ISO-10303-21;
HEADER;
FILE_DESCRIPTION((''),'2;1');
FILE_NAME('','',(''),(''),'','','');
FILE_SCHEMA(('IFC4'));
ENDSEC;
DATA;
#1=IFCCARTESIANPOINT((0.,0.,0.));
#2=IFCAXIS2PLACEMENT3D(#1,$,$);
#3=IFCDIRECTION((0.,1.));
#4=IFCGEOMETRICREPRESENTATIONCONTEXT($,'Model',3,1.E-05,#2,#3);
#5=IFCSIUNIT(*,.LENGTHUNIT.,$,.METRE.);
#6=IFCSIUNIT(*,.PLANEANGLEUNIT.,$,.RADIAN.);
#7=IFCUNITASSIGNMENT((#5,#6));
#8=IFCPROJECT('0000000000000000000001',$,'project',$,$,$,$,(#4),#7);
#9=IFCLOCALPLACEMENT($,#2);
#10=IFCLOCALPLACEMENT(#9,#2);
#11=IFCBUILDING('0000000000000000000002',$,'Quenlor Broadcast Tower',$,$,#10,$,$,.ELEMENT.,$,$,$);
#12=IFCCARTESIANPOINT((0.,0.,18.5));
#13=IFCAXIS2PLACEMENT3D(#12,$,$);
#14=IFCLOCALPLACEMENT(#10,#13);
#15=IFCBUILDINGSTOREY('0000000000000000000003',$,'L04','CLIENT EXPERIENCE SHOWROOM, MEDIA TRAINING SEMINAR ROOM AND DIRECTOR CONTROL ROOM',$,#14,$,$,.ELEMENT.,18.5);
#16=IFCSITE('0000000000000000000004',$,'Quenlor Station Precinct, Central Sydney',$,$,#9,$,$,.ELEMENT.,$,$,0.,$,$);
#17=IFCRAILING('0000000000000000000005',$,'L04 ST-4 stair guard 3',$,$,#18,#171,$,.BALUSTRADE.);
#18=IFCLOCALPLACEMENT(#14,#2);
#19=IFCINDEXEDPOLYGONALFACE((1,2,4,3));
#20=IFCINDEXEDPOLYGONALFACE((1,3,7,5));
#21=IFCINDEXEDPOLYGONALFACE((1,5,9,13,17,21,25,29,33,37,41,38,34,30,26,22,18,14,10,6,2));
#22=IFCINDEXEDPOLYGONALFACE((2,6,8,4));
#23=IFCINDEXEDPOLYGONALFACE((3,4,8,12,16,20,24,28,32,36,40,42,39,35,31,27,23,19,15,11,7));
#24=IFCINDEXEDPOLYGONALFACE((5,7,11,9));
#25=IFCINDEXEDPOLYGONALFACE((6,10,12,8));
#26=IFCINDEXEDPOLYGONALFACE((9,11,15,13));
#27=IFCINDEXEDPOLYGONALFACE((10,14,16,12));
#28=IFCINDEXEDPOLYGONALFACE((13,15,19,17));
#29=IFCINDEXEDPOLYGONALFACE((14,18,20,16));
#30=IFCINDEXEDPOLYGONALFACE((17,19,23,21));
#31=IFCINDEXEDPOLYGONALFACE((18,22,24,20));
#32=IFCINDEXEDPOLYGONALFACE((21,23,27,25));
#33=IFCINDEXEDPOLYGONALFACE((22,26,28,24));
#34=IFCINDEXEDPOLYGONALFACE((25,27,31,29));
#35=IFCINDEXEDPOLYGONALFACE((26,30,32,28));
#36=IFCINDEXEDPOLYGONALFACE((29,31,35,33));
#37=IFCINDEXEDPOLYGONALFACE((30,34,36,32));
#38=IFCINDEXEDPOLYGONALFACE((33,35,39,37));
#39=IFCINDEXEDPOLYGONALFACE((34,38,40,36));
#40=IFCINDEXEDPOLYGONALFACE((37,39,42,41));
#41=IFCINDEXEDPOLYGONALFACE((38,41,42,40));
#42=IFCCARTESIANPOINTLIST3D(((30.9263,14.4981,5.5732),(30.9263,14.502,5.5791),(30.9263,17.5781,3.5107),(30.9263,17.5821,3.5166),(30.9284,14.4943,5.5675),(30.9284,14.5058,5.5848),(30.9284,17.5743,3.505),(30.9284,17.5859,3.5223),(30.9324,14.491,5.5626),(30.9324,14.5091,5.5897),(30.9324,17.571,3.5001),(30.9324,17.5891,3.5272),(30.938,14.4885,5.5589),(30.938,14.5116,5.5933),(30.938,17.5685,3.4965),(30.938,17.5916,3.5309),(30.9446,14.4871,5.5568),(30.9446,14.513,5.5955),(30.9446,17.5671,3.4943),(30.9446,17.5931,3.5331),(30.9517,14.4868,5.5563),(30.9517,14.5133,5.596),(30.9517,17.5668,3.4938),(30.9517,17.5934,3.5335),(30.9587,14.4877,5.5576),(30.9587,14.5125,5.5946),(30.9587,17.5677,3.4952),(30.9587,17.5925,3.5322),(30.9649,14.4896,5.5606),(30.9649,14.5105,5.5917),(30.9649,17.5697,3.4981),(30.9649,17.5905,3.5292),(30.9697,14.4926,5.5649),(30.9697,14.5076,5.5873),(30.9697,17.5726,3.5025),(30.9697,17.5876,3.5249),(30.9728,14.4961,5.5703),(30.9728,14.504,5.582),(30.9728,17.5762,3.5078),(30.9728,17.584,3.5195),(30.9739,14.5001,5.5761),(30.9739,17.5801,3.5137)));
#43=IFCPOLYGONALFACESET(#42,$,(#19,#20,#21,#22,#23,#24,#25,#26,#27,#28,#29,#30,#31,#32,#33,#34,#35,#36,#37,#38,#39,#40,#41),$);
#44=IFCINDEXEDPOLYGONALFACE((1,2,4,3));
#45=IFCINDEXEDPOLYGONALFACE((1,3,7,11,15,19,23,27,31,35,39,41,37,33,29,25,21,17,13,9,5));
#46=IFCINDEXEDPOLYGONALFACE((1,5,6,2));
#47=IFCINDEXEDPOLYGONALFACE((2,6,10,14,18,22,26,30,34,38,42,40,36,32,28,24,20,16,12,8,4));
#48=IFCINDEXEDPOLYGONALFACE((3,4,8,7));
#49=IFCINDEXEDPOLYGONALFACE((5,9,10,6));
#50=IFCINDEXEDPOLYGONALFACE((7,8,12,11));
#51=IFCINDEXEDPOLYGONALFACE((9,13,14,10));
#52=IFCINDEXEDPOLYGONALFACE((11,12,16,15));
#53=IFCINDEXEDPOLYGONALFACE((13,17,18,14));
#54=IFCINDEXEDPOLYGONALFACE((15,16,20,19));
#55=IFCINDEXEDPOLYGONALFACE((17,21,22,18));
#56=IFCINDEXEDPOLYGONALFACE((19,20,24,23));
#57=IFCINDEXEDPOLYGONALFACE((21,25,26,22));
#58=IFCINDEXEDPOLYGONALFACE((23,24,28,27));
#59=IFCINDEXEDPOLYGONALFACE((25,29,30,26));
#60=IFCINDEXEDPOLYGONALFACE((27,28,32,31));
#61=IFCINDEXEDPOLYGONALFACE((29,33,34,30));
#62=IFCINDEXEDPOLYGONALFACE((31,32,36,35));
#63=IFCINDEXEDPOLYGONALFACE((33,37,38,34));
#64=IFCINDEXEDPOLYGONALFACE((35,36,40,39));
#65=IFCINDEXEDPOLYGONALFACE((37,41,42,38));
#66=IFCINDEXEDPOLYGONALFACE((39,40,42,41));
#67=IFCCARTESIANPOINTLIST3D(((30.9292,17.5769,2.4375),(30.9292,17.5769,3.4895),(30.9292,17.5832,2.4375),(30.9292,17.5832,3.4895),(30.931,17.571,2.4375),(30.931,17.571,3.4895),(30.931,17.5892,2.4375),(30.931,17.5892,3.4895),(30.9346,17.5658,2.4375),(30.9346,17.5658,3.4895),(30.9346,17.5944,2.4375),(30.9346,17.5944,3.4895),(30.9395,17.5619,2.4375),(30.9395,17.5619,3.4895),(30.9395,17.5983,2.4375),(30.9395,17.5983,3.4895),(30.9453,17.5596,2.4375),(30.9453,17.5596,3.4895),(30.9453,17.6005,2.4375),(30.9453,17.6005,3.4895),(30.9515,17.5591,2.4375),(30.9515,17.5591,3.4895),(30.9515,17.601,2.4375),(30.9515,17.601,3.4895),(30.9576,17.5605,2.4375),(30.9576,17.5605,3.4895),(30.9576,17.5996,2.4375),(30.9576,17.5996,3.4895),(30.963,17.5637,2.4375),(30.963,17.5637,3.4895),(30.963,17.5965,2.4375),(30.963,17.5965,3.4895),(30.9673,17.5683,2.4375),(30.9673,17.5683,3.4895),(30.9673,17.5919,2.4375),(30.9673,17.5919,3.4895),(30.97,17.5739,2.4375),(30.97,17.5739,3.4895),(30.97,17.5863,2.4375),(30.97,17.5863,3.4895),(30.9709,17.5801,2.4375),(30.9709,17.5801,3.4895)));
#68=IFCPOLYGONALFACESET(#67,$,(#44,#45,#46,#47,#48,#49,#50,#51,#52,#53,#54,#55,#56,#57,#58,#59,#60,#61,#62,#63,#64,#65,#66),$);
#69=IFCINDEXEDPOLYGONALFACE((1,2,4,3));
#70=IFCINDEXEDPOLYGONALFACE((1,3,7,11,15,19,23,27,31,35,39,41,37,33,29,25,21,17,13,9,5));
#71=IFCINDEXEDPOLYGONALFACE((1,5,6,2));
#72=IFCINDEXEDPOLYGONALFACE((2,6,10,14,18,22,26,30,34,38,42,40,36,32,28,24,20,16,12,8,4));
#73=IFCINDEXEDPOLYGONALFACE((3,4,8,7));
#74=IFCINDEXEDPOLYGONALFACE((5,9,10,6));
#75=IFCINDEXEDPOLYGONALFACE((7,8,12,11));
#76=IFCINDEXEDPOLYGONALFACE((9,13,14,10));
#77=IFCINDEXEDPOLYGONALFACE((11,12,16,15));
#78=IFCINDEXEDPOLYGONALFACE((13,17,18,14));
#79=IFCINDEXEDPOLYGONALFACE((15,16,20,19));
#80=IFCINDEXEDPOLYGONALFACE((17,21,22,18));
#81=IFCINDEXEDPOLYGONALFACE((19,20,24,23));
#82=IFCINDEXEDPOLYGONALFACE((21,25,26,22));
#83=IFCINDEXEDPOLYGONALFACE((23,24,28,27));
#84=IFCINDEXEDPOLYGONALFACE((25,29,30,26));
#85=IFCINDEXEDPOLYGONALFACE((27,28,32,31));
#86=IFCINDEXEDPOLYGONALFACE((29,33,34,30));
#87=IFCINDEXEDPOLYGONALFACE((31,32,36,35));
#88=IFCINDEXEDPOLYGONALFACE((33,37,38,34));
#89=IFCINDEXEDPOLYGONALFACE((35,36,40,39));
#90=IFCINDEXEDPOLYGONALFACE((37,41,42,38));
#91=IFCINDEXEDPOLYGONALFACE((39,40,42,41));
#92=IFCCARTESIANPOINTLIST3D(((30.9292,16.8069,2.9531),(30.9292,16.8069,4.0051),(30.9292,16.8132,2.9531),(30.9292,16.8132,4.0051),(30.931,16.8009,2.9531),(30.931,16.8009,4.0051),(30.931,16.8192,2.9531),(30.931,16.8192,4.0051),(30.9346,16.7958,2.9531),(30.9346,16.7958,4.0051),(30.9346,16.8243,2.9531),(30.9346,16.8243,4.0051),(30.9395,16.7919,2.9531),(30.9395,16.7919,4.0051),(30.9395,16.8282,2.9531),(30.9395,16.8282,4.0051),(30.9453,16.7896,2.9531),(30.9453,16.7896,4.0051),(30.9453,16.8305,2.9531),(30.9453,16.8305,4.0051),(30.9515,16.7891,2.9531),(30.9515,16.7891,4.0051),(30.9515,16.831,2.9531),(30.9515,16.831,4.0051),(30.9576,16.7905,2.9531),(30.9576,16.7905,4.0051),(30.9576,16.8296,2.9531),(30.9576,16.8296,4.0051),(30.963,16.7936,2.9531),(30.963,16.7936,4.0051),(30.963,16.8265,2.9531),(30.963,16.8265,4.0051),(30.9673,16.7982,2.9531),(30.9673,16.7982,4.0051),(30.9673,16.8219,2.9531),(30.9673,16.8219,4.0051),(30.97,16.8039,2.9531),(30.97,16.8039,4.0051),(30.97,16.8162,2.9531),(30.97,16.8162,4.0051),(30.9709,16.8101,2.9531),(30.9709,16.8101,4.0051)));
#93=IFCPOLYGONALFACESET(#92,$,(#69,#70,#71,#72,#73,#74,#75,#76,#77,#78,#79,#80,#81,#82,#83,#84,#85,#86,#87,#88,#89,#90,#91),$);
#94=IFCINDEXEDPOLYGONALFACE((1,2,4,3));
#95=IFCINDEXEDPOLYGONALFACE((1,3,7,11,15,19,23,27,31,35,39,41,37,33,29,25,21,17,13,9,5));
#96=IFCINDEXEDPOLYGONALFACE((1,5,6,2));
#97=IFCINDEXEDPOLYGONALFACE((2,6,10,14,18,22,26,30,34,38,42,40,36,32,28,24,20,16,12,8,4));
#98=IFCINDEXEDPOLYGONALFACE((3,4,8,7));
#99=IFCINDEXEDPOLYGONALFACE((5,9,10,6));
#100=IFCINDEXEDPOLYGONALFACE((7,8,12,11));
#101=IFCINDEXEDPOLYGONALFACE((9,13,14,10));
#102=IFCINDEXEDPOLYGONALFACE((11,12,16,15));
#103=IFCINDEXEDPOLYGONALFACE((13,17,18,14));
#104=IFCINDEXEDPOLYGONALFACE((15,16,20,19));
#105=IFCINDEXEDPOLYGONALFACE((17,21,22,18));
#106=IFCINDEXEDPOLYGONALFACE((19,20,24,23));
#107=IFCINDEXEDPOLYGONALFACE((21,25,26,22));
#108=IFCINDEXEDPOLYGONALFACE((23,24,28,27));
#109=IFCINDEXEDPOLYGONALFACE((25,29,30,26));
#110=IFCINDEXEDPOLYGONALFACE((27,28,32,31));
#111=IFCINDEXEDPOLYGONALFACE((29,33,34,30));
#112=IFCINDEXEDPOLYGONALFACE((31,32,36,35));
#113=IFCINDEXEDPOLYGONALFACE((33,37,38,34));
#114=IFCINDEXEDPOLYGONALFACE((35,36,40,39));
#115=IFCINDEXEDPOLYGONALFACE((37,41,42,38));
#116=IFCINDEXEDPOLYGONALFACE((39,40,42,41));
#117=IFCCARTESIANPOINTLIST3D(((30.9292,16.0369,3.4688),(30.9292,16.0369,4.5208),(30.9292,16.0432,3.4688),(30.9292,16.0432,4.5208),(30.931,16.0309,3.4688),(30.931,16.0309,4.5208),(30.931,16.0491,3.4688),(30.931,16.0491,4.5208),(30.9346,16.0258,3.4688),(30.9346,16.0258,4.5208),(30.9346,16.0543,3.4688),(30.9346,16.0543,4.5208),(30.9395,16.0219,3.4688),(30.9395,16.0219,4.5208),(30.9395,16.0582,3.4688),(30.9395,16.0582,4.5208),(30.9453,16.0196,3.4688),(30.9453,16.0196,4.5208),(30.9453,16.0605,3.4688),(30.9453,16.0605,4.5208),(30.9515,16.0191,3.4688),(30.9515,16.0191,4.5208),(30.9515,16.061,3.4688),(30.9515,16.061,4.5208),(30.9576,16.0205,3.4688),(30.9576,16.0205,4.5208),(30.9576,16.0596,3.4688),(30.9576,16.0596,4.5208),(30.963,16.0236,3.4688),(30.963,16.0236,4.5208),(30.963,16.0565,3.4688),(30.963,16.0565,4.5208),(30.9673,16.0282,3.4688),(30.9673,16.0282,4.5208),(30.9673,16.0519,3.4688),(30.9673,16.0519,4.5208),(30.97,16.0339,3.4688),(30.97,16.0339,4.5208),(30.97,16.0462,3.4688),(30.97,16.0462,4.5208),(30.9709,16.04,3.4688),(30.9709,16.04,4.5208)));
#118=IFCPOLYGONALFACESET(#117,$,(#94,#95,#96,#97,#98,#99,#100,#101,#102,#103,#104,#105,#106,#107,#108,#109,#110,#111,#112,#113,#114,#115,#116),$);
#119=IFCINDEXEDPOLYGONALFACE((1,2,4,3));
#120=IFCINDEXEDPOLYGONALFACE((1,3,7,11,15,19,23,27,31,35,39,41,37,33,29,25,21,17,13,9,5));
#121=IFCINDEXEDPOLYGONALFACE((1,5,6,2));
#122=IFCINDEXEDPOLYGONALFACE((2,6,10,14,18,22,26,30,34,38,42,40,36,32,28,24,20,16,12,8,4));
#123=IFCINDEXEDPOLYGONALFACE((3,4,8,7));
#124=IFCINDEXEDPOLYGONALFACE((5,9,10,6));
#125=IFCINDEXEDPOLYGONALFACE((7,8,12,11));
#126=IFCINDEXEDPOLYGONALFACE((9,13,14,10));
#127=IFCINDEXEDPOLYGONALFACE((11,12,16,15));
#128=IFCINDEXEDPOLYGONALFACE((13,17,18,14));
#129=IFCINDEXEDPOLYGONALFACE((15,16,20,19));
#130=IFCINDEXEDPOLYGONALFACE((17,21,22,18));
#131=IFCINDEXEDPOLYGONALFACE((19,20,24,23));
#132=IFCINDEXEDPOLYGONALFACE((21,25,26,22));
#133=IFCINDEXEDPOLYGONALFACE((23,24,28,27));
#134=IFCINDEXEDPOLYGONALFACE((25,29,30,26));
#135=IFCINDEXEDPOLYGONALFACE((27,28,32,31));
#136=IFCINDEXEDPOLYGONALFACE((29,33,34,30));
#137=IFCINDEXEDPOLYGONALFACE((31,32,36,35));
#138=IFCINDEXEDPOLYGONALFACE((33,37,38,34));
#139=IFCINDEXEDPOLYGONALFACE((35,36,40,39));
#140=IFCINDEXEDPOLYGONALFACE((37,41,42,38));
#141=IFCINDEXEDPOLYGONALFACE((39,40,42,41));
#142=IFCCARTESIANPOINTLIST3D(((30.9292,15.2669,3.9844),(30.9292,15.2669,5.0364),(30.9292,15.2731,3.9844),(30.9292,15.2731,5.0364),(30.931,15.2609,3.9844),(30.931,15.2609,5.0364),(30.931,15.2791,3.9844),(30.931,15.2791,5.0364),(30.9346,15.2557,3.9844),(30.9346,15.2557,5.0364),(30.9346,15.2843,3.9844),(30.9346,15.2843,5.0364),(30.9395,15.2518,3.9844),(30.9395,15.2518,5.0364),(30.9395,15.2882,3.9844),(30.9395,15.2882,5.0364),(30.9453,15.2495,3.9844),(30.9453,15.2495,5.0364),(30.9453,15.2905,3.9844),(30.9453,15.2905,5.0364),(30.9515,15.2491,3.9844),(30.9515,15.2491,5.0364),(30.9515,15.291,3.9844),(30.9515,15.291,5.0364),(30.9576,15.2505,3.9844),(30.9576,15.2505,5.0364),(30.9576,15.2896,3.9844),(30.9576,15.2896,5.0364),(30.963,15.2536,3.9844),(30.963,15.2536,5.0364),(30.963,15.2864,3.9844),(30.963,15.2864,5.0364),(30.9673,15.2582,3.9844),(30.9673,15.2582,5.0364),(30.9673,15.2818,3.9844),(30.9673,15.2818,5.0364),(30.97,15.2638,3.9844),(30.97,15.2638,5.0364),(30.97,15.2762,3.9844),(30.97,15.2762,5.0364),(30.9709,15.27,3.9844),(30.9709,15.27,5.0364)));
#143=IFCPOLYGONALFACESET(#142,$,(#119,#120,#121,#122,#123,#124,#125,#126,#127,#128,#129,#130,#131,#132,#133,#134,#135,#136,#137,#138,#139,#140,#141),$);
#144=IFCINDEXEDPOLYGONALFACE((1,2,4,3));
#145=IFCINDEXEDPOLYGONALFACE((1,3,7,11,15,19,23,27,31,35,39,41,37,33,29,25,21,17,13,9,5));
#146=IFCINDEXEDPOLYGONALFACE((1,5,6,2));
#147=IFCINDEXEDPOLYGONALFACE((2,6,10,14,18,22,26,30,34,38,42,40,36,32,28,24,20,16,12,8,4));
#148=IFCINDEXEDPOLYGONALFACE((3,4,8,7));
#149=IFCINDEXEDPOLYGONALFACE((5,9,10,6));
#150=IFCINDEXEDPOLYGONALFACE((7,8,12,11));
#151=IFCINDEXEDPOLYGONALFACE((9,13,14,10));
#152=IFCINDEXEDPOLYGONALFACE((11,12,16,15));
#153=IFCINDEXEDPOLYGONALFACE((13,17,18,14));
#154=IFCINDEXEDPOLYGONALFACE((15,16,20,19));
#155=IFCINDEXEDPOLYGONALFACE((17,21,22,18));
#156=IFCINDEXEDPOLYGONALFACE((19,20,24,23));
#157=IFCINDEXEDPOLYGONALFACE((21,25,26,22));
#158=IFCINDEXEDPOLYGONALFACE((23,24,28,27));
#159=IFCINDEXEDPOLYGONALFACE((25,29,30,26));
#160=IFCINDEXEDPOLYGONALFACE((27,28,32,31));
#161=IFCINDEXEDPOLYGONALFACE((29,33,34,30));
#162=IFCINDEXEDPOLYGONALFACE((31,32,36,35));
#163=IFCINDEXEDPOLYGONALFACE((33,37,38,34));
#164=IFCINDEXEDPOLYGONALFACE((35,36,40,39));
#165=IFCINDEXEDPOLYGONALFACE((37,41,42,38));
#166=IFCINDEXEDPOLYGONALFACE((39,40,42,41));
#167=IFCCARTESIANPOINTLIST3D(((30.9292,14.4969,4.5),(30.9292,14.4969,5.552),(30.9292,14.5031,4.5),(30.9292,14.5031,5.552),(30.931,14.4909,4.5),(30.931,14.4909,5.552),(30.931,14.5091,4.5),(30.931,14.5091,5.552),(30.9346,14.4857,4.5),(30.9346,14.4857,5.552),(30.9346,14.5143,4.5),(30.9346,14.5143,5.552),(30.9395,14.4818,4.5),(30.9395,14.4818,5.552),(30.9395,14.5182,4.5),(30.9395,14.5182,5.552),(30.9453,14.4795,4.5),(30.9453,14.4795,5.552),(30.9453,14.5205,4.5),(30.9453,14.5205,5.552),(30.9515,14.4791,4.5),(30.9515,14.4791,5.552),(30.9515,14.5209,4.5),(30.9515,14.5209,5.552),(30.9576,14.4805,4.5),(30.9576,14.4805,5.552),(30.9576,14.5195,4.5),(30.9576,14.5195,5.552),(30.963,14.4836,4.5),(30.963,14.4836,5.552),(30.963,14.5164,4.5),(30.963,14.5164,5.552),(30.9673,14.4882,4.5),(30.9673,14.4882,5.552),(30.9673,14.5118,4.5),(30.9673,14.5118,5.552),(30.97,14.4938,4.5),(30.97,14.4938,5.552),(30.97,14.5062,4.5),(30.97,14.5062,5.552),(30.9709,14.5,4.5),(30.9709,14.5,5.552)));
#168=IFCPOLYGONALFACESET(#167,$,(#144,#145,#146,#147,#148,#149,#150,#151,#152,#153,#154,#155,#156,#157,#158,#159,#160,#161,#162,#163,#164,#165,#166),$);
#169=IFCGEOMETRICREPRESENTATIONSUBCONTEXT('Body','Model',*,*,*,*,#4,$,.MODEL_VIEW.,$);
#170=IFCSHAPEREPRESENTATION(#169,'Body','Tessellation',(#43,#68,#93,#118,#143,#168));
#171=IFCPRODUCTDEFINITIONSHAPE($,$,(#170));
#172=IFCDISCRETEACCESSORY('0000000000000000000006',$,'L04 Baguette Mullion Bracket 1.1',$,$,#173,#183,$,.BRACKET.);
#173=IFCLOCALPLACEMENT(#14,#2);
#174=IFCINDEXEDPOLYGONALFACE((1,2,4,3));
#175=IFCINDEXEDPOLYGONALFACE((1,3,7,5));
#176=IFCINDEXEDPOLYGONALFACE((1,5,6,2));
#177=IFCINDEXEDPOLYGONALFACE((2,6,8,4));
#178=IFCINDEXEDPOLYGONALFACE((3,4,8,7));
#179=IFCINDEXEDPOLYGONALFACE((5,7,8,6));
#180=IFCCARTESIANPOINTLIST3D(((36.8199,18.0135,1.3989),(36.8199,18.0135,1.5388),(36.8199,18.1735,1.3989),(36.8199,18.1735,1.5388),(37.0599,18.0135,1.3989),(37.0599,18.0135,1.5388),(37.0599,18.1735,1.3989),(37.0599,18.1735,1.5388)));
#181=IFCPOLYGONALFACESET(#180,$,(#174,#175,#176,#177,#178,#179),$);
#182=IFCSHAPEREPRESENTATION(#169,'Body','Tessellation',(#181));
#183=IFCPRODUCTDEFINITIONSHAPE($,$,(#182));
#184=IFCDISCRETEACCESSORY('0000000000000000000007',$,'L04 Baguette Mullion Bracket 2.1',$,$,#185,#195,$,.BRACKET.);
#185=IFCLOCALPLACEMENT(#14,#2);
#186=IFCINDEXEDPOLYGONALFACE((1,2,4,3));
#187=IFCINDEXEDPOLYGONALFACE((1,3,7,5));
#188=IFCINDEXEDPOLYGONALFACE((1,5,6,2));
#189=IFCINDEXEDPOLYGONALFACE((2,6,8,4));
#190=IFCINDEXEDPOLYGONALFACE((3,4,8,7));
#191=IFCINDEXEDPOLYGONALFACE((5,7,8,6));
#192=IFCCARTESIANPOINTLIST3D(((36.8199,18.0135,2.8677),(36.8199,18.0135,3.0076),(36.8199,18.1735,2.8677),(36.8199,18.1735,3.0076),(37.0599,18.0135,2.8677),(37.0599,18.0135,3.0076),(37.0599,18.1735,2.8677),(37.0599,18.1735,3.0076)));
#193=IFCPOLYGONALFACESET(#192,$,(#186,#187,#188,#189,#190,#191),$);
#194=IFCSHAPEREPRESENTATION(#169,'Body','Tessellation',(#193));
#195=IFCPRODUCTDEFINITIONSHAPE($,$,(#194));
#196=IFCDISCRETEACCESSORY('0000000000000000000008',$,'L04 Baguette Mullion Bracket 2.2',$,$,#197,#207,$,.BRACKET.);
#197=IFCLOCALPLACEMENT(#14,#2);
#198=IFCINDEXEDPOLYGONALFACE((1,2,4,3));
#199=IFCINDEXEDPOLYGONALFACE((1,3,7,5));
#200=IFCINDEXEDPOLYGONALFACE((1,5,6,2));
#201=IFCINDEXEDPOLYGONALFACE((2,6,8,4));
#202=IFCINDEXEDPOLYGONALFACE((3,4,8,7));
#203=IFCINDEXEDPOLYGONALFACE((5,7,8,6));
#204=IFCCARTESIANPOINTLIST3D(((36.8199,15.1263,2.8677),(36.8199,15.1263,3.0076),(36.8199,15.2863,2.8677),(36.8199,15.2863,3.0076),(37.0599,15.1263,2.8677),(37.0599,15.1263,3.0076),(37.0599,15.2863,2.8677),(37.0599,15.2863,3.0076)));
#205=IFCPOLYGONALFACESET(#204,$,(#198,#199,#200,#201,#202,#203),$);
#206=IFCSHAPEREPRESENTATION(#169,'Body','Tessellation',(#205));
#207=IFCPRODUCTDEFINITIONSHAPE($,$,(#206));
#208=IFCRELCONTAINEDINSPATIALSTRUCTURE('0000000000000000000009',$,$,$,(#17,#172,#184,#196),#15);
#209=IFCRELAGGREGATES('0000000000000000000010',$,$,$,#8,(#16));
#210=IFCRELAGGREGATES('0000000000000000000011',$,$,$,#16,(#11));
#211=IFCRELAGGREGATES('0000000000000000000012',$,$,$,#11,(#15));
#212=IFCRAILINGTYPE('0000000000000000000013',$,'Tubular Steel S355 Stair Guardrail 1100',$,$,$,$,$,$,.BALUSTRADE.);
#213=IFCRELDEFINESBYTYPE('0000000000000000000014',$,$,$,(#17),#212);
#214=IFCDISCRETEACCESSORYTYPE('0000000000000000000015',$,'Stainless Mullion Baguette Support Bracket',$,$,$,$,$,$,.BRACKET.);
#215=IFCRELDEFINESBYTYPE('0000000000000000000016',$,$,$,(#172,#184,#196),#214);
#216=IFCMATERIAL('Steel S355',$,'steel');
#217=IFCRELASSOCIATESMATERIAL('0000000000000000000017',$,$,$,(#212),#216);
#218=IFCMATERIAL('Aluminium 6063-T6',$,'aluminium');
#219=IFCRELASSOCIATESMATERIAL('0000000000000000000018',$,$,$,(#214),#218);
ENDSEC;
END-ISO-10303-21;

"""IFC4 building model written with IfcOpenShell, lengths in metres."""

from ifc_helpers import new_model, si_unit, direction, frame, origin, origin_2d, place, context, subcontext, project, spatial, rectangle, circle, extrude, material, type_object, element, save


model = new_model("IFC4")

# Units and contexts
model_context = context("Model", 3, precision=1e-05, world=origin(), true_north=direction((0.0, 1.0)))
body_context = subcontext(model_context, "Body", "Model", "MODEL_VIEW")
ifc_project = project(units=[si_unit("LENGTHUNIT", "METRE"), si_unit("PLANEANGLEUNIT", "RADIAN")], contexts=[model_context])

# Site, building, storey
site_placement = place(None, origin())
site = spatial("IfcSite", under=ifc_project, at=site_placement, Name="Quenlor Station Precinct, Central Sydney", CompositionType="ELEMENT", RefElevation=0.0)
building_placement = place(site_placement, origin())
building = spatial("IfcBuilding", under=site, at=building_placement, Name="Quenlor Broadcast Tower", CompositionType="ELEMENT")
storey_placement = place(building_placement, frame((0.0, 0.0, 18.5)))
storey = spatial("IfcBuildingStorey", under=building, at=storey_placement, Name="L04", Description="CLIENT EXPERIENCE SHOWROOM, MEDIA TRAINING SEMINAR ROOM AND DIRECTOR CONTROL ROOM", CompositionType="ELEMENT", Elevation=18.5)

# Railing
ifc_material_1 = material(Name="Steel S355", Category="steel")
railing_type = type_object("IfcRailingType", Name="Tubular Steel S355 Stair Guardrail 1100", PredefinedType="BALUSTRADE", material=ifc_material_1)
railing_1_placement = place(storey_placement, frame((30.95, 17.5801, 2.4375)))
element("IfcRailing", 1, at=railing_1_placement, inside=storey, type_object=railing_type, Name="L04 ST-4 stair guard 3", PredefinedType="BALUSTRADE", context=body_context, shape_type="SweptSolid", body=[
    extrude(circle(Radius=0.0239, at=origin_2d()), frame((0.0, 0.0, 1.0762), z_axis=(0.0, -0.830914, 0.556401), x_axis=(1.0, 0.0, 0.0)), (0.0, 0.0, 1.0), 3.7068),
    extrude(circle(Radius=0.021, at=origin_2d()), origin(), (0.0, 0.0, 1.0), 1.052),
    extrude(circle(Radius=0.021, at=origin_2d()), frame((0.0, -0.77, 0.5156)), (0.0, 0.0, 1.0), 1.052),
    extrude(circle(Radius=0.021, at=origin_2d()), frame((0.0, -1.54, 1.0312)), (0.0, 0.0, 1.0), 1.052),
    extrude(circle(Radius=0.021, at=origin_2d()), frame((0.0, -2.3101, 1.5469)), (0.0, 0.0, 1.0), 1.052),
    extrude(circle(Radius=0.021, at=origin_2d()), frame((0.0, -3.0801, 2.0625)), (0.0, 0.0, 1.0), 1.052),
])

# Discrete accessories
ifc_material_2 = material(Name="Aluminium 6063-T6", Category="aluminium")
discrete_accessory_type = type_object("IfcDiscreteAccessoryType", Name="Stainless Mullion Baguette Support Bracket", PredefinedType="BRACKET", material=ifc_material_2)
for number, where, z_axis, x_axis, name in (
    (2, (36.9399, 18.0935, 1.3989), (0.0, 0.0, 1.0), (0.0, -1.0, 0.0), "L04 Baguette Mullion Bracket 1.1"),
    (3, (36.9399, 18.0935, 2.8677), (0.0, 0.0, 1.0), (0.0, -1.0, 0.0), "L04 Baguette Mullion Bracket 2.1"),
    (4, (36.9399, 15.2063, 2.8677), (0.0, 0.0, 1.0), (0.0, -1.0, 0.0), "L04 Baguette Mullion Bracket 2.2"),
):
    element("IfcDiscreteAccessory", number, at=place(storey_placement, frame(where, z_axis=z_axis, x_axis=x_axis)), inside=storey, type_object=discrete_accessory_type, Name=name, PredefinedType="BRACKET", context=body_context, shape_type="SweptSolid", body=[
        extrude(rectangle(XDim=0.1599, YDim=0.24, at=origin_2d()), origin(), (0.0, 0.0, 1.0), 0.1399),
    ])

save(model, "model.ifc")
